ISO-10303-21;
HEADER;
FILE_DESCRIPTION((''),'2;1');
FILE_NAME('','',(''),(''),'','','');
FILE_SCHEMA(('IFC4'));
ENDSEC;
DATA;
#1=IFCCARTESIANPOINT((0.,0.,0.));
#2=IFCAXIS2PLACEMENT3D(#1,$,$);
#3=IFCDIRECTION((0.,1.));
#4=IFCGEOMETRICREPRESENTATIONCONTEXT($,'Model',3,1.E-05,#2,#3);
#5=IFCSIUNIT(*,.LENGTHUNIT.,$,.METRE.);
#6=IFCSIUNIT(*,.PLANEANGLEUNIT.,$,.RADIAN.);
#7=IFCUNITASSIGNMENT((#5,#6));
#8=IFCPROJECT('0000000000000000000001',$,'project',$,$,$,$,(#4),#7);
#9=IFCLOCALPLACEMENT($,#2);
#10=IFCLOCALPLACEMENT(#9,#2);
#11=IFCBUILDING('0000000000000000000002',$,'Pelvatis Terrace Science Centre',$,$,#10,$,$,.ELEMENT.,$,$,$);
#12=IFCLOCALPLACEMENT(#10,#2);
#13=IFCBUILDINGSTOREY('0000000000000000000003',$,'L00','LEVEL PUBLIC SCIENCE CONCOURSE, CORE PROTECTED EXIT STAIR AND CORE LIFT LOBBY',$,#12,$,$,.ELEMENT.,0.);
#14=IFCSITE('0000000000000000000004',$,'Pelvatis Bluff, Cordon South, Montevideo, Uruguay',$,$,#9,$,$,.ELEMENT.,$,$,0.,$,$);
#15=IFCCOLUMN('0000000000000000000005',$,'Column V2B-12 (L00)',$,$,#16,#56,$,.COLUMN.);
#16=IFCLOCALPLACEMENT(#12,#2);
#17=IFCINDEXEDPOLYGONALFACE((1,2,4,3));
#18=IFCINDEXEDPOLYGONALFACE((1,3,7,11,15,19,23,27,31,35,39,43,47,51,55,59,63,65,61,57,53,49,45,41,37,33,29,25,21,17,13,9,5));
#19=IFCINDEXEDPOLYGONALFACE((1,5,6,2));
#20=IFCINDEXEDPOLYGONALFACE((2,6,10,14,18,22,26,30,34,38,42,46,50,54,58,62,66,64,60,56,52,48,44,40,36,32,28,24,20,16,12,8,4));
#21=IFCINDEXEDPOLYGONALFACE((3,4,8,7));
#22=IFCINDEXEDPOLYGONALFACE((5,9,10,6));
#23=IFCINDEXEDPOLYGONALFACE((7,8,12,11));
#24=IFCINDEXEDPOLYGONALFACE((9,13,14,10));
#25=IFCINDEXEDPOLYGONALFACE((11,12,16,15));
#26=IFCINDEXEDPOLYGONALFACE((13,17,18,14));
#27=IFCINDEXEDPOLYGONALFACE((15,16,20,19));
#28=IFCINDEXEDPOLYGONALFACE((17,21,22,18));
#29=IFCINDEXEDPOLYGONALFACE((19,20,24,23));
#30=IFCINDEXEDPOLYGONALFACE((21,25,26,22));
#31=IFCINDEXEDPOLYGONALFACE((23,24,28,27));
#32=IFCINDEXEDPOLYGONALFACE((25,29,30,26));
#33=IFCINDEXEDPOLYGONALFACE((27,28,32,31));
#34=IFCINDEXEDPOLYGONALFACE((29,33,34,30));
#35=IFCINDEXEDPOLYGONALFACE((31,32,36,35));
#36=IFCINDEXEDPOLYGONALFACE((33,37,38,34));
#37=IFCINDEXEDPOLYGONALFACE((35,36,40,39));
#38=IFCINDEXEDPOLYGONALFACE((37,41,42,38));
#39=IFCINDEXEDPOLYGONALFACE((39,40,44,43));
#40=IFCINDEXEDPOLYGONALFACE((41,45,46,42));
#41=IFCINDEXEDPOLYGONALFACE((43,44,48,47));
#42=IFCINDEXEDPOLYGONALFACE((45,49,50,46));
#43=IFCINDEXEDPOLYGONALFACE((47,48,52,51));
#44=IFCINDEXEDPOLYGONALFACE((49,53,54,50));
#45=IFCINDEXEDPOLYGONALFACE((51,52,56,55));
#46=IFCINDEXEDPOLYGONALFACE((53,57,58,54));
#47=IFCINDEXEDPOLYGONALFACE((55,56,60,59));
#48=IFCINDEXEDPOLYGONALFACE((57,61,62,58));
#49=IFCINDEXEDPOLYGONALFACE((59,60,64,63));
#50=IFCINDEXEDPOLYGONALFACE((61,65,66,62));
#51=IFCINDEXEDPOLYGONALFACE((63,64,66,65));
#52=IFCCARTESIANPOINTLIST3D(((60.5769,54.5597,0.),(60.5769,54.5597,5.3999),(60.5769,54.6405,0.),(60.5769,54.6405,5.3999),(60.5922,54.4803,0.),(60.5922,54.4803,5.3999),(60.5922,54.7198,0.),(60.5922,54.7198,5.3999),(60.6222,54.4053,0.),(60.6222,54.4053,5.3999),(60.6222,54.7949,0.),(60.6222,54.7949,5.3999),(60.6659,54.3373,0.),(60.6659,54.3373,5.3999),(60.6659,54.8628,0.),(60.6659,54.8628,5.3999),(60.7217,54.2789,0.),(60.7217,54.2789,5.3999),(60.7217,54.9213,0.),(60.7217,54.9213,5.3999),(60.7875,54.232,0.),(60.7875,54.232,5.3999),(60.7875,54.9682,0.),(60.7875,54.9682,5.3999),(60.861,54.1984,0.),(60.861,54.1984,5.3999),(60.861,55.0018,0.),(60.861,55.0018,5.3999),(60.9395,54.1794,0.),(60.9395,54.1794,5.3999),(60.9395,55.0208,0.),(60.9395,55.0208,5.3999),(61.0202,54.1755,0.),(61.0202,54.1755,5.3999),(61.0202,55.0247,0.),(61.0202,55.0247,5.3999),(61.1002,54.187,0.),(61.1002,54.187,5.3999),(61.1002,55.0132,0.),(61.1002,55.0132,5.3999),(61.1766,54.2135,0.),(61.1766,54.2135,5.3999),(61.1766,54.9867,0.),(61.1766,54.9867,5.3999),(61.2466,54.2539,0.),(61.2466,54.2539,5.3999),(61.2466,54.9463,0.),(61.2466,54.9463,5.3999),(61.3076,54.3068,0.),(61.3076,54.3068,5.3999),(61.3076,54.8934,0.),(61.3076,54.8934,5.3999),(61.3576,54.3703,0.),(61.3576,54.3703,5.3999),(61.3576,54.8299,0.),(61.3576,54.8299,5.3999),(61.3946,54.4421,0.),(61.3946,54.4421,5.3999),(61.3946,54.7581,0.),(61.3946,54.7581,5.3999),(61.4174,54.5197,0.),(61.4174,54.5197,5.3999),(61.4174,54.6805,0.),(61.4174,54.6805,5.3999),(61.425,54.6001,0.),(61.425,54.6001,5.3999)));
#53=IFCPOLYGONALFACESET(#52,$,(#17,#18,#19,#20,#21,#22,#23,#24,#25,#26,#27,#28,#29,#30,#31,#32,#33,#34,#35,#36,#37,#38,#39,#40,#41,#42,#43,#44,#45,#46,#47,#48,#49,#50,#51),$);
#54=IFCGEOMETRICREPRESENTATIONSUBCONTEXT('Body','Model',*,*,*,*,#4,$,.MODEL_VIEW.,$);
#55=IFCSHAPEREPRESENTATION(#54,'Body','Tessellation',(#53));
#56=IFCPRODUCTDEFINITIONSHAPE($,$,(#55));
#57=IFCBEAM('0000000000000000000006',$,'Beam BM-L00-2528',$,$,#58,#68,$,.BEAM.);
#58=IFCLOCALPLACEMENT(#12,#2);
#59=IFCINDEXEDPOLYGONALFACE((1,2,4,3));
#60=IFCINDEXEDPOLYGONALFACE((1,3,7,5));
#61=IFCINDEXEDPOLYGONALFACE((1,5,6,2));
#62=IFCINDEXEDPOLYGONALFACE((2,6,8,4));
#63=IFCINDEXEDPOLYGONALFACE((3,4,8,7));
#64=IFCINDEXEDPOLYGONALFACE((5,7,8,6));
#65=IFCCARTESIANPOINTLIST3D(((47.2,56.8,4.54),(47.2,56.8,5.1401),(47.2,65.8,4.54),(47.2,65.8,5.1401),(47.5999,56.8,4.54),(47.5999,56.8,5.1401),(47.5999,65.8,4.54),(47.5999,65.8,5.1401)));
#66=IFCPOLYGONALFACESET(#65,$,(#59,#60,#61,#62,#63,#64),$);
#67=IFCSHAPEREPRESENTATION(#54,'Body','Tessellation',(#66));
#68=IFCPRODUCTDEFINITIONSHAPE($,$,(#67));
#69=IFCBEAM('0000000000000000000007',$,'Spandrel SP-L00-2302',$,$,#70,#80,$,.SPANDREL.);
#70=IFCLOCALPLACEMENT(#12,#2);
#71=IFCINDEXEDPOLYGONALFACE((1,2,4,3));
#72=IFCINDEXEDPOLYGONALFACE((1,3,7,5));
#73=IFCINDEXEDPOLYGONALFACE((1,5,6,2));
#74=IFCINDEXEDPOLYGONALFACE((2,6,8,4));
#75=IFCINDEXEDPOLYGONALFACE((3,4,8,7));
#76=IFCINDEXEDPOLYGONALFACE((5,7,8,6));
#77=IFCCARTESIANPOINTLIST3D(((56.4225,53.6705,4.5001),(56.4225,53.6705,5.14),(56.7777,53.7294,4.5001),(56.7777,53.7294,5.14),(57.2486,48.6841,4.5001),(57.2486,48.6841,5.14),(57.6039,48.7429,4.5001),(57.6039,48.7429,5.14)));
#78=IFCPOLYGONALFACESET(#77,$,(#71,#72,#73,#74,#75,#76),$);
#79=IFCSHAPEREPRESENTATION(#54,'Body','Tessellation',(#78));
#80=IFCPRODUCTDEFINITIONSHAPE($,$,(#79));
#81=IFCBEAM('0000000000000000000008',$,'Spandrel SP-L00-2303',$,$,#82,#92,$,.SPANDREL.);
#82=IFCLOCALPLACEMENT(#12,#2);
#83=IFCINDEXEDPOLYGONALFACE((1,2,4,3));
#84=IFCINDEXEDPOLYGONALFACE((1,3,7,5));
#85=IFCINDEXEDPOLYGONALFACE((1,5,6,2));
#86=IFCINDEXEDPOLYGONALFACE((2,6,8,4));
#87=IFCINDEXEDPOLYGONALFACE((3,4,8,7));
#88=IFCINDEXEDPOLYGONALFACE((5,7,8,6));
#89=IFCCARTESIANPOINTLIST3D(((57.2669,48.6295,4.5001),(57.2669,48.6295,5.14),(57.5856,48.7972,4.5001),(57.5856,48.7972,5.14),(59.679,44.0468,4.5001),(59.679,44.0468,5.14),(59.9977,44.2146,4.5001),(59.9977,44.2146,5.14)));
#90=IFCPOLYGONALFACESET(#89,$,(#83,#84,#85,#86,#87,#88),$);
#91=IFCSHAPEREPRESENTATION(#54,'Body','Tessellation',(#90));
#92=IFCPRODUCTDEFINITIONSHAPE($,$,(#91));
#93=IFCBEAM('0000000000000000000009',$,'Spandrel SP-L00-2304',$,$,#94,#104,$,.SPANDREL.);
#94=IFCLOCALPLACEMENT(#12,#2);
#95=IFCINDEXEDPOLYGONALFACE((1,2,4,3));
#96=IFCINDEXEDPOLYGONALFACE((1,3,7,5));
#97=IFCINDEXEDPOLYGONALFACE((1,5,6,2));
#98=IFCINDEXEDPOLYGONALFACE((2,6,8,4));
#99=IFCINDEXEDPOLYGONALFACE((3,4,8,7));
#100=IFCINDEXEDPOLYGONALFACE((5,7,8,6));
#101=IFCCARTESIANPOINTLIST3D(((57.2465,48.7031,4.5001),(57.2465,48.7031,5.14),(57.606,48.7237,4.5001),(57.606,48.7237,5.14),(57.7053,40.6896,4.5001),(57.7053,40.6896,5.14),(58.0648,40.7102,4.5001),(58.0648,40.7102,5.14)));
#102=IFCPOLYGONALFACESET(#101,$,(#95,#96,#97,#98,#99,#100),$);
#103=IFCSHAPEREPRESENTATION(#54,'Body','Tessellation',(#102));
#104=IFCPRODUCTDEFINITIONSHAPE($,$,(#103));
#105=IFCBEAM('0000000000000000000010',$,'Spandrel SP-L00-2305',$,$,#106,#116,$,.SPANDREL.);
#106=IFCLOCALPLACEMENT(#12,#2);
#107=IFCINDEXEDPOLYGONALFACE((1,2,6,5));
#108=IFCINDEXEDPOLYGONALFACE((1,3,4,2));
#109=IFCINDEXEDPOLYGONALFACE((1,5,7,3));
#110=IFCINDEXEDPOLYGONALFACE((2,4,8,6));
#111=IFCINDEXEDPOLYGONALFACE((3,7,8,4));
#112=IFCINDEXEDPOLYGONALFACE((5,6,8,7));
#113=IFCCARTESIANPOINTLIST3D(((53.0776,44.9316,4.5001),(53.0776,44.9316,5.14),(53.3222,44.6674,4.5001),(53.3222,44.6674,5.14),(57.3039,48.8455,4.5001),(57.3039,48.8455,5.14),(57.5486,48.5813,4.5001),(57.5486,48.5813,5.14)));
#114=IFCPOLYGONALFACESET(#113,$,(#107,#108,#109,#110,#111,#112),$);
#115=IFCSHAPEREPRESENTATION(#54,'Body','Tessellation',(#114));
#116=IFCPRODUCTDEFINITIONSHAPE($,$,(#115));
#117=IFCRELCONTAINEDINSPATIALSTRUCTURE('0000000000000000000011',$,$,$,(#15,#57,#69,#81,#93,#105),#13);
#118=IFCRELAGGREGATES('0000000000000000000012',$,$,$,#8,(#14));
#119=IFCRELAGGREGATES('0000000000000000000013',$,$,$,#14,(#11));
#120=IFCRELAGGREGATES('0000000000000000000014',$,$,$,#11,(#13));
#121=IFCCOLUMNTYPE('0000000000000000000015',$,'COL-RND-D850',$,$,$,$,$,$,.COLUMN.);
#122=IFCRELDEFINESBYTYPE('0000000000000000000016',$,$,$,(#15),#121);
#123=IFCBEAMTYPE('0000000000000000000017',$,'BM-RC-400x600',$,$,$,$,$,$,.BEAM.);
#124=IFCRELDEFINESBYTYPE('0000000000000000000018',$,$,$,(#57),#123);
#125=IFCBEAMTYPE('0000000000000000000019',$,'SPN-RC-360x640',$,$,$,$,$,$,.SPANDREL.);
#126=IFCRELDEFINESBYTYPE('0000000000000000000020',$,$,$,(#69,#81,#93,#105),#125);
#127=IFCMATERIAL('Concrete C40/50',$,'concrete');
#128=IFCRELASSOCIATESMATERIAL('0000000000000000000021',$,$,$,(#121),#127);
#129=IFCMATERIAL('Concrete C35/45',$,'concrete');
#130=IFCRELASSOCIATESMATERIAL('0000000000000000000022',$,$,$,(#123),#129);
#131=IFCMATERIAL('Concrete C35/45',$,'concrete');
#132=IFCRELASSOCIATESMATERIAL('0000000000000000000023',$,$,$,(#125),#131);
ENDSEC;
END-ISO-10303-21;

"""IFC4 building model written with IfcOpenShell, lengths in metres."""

from ifc_helpers import new_model, si_unit, direction, frame, origin, origin_2d, place, context, subcontext, project, spatial, rectangle, circle, extrude, material, material_profile, profile_set, type_object, element, save


model = new_model("IFC4")

# Units and contexts
model_context = context("Model", 3, precision=1e-05, world=origin(), true_north=direction((0.0, 1.0)))
body_context = subcontext(model_context, "Body", "Model", "MODEL_VIEW")
ifc_project = project(units=[si_unit("LENGTHUNIT", "METRE"), si_unit("PLANEANGLEUNIT", "RADIAN")], contexts=[model_context])

# Site, building, storey
site_placement = place(None, origin())
site = spatial("IfcSite", under=ifc_project, at=site_placement, Name="Pelvatis Bluff, Cordon South, Montevideo, Uruguay", CompositionType="ELEMENT", RefElevation=0.0)
building_placement = place(site_placement, origin())
building = spatial("IfcBuilding", under=site, at=building_placement, Name="Pelvatis Terrace Science Centre", CompositionType="ELEMENT")
storey_placement = place(building_placement, origin())
storey = spatial("IfcBuildingStorey", under=building, at=storey_placement, Name="L00", Description="LEVEL PUBLIC SCIENCE CONCOURSE, CORE PROTECTED EXIT STAIR AND CORE LIFT LOBBY", CompositionType="ELEMENT", Elevation=0.0)

# Column
ifc_material_1 = material(Name="Concrete C40/50", Category="concrete")
ifc_material_profile_1 = material_profile(ifc_material_1, circle(Radius=0.425, at=origin_2d()), Name="RC-RCOL D850")
ifc_profile_set_1 = profile_set([ifc_material_profile_1], Name="Concrete C40/50")
column_type_1 = type_object("IfcColumnType", Name="COL-RND-D850", PredefinedType="COLUMN", material=ifc_profile_set_1)
column_placement = place(storey_placement, frame((61.0, 54.6001, 0.0), z_axis=(0.0, 0.0, 1.0), x_axis=(1.0, 0.0, 0.0)))
element("IfcColumn", 1, at=column_placement, inside=storey, type_object=column_type_1, Name="Column V2B-12 (L00)", PredefinedType="COLUMN", context=body_context, shape_type="SweptSolid", body=[
    extrude(circle(Radius=0.425, at=origin_2d()), origin(), (0.0, 0.0, 1.0), 5.3999),
])

# Beams
ifc_material_2 = material(Name="Concrete C35/45", Category="concrete")
ifc_material_profile_2 = material_profile(ifc_material_2, rectangle(XDim=0.3999, YDim=0.6001, at=origin_2d()), Name="RC-BM 400x600")
ifc_profile_set_2 = profile_set([ifc_material_profile_2], Name="Concrete C35/45")
beam_type_1 = type_object("IfcBeamType", Name="BM-RC-400x600", PredefinedType="BEAM", material=ifc_profile_set_2)
beam_1_placement = place(storey_placement, frame((47.3999, 56.8, 4.8401), z_axis=(0.0, 1.0, 0.0), x_axis=(-1.0, 0.0, 0.0)))
element("IfcBeam", 2, at=beam_1_placement, inside=storey, type_object=beam_type_1, Name="Beam BM-L00-2528", PredefinedType="BEAM", context=body_context, shape_type="SweptSolid", body=[
    extrude(rectangle(XDim=0.3999, YDim=0.6001, at=origin_2d()), origin(), (0.0, 0.0, 1.0), 9.0),
])
ifc_material_3 = material(Name="Concrete C35/45", Category="concrete")
ifc_material_profile_3 = material_profile(ifc_material_3, rectangle(XDim=0.3601, YDim=0.6399, at=origin_2d()), Name="RC-SPN 360x640")
ifc_profile_set_3 = profile_set([ifc_material_profile_3], Name="Concrete C35/45")
beam_type_2 = type_object("IfcBeamType", Name="SPN-RC-360x640", PredefinedType="SPANDREL", material=ifc_profile_set_3)
beam_2_placement = place(storey_placement, frame((56.6001, 53.7, 4.8201), z_axis=(0.163451, -0.986551, 0.0), x_axis=(0.986551, 0.163451, 0.0)))
element("IfcBeam", 3, at=beam_2_placement, inside=storey, type_object=beam_type_2, Name="Spandrel SP-L00-2302", PredefinedType="SPANDREL", context=body_context, shape_type="SweptSolid", body=[
    extrude(rectangle(XDim=0.3601, YDim=0.6399, at=origin_2d()), origin(), (0.0, 0.0, 1.0), 5.0544),
])
beam_3_placement = place(storey_placement, frame((57.4263, 48.7134, 4.8201), z_axis=(0.465766, -0.884908, 0.0), x_axis=(0.884908, 0.465766, 0.0)))
element("IfcBeam", 4, at=beam_3_placement, inside=storey, type_object=beam_type_2, Name="Spandrel SP-L00-2303", PredefinedType="SPANDREL", context=body_context, shape_type="SweptSolid", body=[
    extrude(rectangle(XDim=0.3601, YDim=0.6399, at=origin_2d()), origin(), (0.0, 0.0, 1.0), 5.1787),
])
beam_4_placement = place(storey_placement, frame((57.4263, 48.7134, 4.8201), z_axis=(0.057153, -0.998365, 0.0), x_axis=(0.998365, 0.057153, 0.0)))
element("IfcBeam", 5, at=beam_4_placement, inside=storey, type_object=beam_type_2, Name="Spandrel SP-L00-2304", PredefinedType="SPANDREL", context=body_context, shape_type="SweptSolid", body=[
    extrude(rectangle(XDim=0.3601, YDim=0.6399, at=origin_2d()), origin(), (0.0, 0.0, 1.0), 8.0266),
])
beam_5_placement = place(storey_placement, frame((57.4263, 48.7134, 4.8201), z_axis=(-0.733712, -0.67946, 0.0), x_axis=(0.67946, -0.733712, 0.0)))
element("IfcBeam", 6, at=beam_5_placement, inside=storey, type_object=beam_type_2, Name="Spandrel SP-L00-2305", PredefinedType="SPANDREL", context=body_context, shape_type="SweptSolid", body=[
    extrude(rectangle(XDim=0.3601, YDim=0.6399, at=origin_2d()), origin(), (0.0, 0.0, 1.0), 5.7603),
])

save(model, "model.ifc")
